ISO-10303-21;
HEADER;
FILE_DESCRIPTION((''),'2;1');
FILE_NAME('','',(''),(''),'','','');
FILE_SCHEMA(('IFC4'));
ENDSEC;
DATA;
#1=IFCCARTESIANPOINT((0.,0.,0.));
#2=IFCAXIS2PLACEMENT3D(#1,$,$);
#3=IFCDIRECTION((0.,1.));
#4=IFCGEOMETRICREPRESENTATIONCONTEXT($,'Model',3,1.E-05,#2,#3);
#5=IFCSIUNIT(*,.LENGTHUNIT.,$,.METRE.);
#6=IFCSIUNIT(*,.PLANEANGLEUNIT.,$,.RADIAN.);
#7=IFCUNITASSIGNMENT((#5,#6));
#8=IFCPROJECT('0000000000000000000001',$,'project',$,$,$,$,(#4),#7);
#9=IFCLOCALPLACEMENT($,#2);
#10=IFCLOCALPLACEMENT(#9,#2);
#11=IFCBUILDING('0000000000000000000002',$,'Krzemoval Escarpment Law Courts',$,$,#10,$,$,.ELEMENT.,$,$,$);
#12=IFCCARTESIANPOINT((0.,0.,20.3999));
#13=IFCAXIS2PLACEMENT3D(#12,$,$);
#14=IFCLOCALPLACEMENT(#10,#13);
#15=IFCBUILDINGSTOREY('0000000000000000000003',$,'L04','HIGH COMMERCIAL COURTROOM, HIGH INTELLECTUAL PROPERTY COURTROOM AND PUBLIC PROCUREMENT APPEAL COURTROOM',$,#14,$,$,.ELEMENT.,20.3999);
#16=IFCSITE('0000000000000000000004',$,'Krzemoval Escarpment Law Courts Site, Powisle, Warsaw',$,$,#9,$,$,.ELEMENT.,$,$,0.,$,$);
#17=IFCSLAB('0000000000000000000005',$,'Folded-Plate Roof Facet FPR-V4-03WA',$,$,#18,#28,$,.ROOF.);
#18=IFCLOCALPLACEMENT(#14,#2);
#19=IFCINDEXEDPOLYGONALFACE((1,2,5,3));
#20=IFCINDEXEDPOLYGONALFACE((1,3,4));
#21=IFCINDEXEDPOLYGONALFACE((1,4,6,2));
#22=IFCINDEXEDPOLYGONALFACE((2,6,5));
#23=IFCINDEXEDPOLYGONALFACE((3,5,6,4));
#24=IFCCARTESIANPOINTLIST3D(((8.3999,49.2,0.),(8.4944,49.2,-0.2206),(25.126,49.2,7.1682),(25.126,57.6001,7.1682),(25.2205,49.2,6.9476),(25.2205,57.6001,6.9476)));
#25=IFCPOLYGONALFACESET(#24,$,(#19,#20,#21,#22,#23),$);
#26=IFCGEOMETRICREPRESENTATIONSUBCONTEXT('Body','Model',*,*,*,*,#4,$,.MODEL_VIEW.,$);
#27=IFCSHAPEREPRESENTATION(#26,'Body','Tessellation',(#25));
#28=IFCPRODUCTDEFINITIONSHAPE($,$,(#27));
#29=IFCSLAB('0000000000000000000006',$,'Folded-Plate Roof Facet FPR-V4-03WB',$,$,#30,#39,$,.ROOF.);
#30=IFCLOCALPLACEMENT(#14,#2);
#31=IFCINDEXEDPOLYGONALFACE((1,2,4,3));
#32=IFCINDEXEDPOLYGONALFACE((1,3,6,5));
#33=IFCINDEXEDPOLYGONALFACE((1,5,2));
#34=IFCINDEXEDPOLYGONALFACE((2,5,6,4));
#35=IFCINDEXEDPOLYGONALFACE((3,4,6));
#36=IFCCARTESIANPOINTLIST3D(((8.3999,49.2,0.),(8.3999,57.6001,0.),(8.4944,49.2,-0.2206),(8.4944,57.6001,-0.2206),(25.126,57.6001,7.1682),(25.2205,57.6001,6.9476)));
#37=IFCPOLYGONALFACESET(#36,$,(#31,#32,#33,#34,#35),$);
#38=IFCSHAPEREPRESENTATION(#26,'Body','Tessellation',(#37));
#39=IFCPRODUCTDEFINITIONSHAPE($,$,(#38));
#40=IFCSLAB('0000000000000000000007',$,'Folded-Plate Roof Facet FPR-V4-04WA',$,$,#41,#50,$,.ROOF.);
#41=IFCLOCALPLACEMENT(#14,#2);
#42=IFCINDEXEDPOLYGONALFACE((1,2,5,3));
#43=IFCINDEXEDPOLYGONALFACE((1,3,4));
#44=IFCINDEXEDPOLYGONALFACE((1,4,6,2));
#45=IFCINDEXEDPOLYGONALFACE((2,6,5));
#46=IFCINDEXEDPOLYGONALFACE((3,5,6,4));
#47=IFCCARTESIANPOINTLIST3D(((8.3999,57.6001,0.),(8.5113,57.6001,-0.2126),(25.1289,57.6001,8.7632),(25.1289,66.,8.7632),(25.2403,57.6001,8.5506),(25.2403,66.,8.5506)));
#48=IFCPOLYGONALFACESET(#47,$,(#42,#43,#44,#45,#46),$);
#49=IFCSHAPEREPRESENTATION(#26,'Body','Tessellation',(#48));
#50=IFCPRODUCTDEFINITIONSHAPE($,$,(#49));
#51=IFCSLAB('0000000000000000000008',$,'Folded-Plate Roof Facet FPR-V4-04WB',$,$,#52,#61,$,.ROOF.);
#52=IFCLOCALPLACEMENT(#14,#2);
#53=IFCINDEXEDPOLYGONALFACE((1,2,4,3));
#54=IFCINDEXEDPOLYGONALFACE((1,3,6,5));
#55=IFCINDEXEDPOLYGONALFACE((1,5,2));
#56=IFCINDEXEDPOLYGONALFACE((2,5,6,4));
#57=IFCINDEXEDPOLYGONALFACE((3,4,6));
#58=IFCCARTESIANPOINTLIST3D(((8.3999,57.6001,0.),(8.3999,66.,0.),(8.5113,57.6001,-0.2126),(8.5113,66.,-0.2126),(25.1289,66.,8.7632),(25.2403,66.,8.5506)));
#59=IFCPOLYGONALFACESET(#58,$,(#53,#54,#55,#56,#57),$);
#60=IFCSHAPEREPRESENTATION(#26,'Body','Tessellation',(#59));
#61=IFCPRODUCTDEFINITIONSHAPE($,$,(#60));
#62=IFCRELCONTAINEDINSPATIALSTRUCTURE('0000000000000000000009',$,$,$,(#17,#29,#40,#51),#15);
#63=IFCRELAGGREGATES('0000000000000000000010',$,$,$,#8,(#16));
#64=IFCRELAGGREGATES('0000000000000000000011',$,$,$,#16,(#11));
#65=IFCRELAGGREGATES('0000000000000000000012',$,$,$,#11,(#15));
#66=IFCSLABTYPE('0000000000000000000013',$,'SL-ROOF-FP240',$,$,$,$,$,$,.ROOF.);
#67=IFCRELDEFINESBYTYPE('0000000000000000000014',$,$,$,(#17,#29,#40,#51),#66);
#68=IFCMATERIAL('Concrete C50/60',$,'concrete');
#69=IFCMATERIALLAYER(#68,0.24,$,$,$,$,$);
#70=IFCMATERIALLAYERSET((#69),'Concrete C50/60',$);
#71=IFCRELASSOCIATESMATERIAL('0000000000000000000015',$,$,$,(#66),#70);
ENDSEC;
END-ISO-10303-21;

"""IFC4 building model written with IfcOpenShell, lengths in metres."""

from ifc_helpers import new_model, si_unit, direction, frame, origin, place, context, subcontext, project, spatial, polyline, outline, extrude, material, layer, layer_set, type_object, element, save


model = new_model("IFC4")

# Units and contexts
model_context = context("Model", 3, precision=1e-05, world=origin(), true_north=direction((0.0, 1.0)))
body_context = subcontext(model_context, "Body", "Model", "MODEL_VIEW")
ifc_project = project(units=[si_unit("LENGTHUNIT", "METRE"), si_unit("PLANEANGLEUNIT", "RADIAN")], contexts=[model_context])

# Site, building, storey
site_placement = place(None, origin())
site = spatial("IfcSite", under=ifc_project, at=site_placement, Name="Krzemoval Escarpment Law Courts Site, Powisle, Warsaw", CompositionType="ELEMENT", RefElevation=0.0)
building_placement = place(site_placement, origin())
building = spatial("IfcBuilding", under=site, at=building_placement, Name="Krzemoval Escarpment Law Courts", CompositionType="ELEMENT")
storey_placement = place(building_placement, frame((0.0, 0.0, 20.3999)))
storey = spatial("IfcBuildingStorey", under=building, at=storey_placement, Name="L04", Description="HIGH COMMERCIAL COURTROOM, HIGH INTELLECTUAL PROPERTY COURTROOM AND PUBLIC PROCUREMENT APPEAL COURTROOM", CompositionType="ELEMENT", Elevation=20.3999)

# Slabs
ifc_material_1 = material(Name="Concrete C50/60", Category="concrete")
ifc_layer_1 = layer(ifc_material_1, 0.24)
ifc_layer_set_1 = layer_set([ifc_layer_1], Name="Concrete C50/60")
slab_type = type_object("IfcSlabType", Name="SL-ROOF-FP240", PredefinedType="ROOF", material=ifc_layer_set_1)
slab_1_placement = place(storey_placement, frame((8.3999, 49.2, 0.0), z_axis=(-0.393914, 0.0, 0.919147), x_axis=(0.919147, 0.0, 0.393914)))
element("IfcSlab", 1, at=slab_1_placement, inside=storey, type_object=slab_type, Name="Folded-Plate Roof Facet FPR-V4-03WA", PredefinedType="ROOF", context=body_context, shape_type="SweptSolid", body=[
    extrude(outline(polyline([(0.0, 0.0), (18.1974, 0.0), (18.1974, 8.4001), (0.0, 0.0)])), origin(), (0.0, 0.0, -1.0), 0.24),
])
slab_2_placement = place(storey_placement, frame((8.3999, 49.2, 0.0), z_axis=(-0.393914, 0.0, 0.919147), x_axis=(0.834525, 0.419114, 0.357648)))
element("IfcSlab", 2, at=slab_2_placement, inside=storey, type_object=slab_type, Name="Folded-Plate Roof Facet FPR-V4-03WB", PredefinedType="ROOF", context=body_context, shape_type="SweptSolid", body=[
    extrude(outline(polyline([(0.0, 0.0), (20.0426, 0.0), (3.5206, 7.6268), (0.0, 0.0)])), origin(), (0.0, 0.0, -1.0), 0.24),
])
slab_3_placement = place(storey_placement, frame((8.3999, 57.6001, 0.0), z_axis=(-0.464022, 0.0, 0.885823), x_axis=(0.885823, 0.0, 0.464022)))
element("IfcSlab", 3, at=slab_3_placement, inside=storey, type_object=slab_type, Name="Folded-Plate Roof Facet FPR-V4-04WA", PredefinedType="ROOF", context=body_context, shape_type="SweptSolid", body=[
    extrude(outline(polyline([(0.0, 0.0), (18.8853, 0.0), (18.8853, 8.3999), (0.0, 0.0)])), origin(), (0.0, 0.0, -1.0), 0.24),
])
slab_4_placement = place(storey_placement, frame((8.3999, 57.6001, 0.0), z_axis=(-0.464022, 0.0, 0.885823), x_axis=(0.809373, 0.406399, 0.423975)))
element("IfcSlab", 4, at=slab_4_placement, inside=storey, type_object=slab_type, Name="Folded-Plate Roof Facet FPR-V4-04WB", PredefinedType="ROOF", context=body_context, shape_type="SweptSolid", body=[
    extrude(outline(polyline([(0.0, 0.0), (20.6691, 0.0), (3.4137, 7.675), (0.0, 0.0)])), origin(), (0.0, 0.0, -1.0), 0.24),
])

save(model, "model.ifc")
